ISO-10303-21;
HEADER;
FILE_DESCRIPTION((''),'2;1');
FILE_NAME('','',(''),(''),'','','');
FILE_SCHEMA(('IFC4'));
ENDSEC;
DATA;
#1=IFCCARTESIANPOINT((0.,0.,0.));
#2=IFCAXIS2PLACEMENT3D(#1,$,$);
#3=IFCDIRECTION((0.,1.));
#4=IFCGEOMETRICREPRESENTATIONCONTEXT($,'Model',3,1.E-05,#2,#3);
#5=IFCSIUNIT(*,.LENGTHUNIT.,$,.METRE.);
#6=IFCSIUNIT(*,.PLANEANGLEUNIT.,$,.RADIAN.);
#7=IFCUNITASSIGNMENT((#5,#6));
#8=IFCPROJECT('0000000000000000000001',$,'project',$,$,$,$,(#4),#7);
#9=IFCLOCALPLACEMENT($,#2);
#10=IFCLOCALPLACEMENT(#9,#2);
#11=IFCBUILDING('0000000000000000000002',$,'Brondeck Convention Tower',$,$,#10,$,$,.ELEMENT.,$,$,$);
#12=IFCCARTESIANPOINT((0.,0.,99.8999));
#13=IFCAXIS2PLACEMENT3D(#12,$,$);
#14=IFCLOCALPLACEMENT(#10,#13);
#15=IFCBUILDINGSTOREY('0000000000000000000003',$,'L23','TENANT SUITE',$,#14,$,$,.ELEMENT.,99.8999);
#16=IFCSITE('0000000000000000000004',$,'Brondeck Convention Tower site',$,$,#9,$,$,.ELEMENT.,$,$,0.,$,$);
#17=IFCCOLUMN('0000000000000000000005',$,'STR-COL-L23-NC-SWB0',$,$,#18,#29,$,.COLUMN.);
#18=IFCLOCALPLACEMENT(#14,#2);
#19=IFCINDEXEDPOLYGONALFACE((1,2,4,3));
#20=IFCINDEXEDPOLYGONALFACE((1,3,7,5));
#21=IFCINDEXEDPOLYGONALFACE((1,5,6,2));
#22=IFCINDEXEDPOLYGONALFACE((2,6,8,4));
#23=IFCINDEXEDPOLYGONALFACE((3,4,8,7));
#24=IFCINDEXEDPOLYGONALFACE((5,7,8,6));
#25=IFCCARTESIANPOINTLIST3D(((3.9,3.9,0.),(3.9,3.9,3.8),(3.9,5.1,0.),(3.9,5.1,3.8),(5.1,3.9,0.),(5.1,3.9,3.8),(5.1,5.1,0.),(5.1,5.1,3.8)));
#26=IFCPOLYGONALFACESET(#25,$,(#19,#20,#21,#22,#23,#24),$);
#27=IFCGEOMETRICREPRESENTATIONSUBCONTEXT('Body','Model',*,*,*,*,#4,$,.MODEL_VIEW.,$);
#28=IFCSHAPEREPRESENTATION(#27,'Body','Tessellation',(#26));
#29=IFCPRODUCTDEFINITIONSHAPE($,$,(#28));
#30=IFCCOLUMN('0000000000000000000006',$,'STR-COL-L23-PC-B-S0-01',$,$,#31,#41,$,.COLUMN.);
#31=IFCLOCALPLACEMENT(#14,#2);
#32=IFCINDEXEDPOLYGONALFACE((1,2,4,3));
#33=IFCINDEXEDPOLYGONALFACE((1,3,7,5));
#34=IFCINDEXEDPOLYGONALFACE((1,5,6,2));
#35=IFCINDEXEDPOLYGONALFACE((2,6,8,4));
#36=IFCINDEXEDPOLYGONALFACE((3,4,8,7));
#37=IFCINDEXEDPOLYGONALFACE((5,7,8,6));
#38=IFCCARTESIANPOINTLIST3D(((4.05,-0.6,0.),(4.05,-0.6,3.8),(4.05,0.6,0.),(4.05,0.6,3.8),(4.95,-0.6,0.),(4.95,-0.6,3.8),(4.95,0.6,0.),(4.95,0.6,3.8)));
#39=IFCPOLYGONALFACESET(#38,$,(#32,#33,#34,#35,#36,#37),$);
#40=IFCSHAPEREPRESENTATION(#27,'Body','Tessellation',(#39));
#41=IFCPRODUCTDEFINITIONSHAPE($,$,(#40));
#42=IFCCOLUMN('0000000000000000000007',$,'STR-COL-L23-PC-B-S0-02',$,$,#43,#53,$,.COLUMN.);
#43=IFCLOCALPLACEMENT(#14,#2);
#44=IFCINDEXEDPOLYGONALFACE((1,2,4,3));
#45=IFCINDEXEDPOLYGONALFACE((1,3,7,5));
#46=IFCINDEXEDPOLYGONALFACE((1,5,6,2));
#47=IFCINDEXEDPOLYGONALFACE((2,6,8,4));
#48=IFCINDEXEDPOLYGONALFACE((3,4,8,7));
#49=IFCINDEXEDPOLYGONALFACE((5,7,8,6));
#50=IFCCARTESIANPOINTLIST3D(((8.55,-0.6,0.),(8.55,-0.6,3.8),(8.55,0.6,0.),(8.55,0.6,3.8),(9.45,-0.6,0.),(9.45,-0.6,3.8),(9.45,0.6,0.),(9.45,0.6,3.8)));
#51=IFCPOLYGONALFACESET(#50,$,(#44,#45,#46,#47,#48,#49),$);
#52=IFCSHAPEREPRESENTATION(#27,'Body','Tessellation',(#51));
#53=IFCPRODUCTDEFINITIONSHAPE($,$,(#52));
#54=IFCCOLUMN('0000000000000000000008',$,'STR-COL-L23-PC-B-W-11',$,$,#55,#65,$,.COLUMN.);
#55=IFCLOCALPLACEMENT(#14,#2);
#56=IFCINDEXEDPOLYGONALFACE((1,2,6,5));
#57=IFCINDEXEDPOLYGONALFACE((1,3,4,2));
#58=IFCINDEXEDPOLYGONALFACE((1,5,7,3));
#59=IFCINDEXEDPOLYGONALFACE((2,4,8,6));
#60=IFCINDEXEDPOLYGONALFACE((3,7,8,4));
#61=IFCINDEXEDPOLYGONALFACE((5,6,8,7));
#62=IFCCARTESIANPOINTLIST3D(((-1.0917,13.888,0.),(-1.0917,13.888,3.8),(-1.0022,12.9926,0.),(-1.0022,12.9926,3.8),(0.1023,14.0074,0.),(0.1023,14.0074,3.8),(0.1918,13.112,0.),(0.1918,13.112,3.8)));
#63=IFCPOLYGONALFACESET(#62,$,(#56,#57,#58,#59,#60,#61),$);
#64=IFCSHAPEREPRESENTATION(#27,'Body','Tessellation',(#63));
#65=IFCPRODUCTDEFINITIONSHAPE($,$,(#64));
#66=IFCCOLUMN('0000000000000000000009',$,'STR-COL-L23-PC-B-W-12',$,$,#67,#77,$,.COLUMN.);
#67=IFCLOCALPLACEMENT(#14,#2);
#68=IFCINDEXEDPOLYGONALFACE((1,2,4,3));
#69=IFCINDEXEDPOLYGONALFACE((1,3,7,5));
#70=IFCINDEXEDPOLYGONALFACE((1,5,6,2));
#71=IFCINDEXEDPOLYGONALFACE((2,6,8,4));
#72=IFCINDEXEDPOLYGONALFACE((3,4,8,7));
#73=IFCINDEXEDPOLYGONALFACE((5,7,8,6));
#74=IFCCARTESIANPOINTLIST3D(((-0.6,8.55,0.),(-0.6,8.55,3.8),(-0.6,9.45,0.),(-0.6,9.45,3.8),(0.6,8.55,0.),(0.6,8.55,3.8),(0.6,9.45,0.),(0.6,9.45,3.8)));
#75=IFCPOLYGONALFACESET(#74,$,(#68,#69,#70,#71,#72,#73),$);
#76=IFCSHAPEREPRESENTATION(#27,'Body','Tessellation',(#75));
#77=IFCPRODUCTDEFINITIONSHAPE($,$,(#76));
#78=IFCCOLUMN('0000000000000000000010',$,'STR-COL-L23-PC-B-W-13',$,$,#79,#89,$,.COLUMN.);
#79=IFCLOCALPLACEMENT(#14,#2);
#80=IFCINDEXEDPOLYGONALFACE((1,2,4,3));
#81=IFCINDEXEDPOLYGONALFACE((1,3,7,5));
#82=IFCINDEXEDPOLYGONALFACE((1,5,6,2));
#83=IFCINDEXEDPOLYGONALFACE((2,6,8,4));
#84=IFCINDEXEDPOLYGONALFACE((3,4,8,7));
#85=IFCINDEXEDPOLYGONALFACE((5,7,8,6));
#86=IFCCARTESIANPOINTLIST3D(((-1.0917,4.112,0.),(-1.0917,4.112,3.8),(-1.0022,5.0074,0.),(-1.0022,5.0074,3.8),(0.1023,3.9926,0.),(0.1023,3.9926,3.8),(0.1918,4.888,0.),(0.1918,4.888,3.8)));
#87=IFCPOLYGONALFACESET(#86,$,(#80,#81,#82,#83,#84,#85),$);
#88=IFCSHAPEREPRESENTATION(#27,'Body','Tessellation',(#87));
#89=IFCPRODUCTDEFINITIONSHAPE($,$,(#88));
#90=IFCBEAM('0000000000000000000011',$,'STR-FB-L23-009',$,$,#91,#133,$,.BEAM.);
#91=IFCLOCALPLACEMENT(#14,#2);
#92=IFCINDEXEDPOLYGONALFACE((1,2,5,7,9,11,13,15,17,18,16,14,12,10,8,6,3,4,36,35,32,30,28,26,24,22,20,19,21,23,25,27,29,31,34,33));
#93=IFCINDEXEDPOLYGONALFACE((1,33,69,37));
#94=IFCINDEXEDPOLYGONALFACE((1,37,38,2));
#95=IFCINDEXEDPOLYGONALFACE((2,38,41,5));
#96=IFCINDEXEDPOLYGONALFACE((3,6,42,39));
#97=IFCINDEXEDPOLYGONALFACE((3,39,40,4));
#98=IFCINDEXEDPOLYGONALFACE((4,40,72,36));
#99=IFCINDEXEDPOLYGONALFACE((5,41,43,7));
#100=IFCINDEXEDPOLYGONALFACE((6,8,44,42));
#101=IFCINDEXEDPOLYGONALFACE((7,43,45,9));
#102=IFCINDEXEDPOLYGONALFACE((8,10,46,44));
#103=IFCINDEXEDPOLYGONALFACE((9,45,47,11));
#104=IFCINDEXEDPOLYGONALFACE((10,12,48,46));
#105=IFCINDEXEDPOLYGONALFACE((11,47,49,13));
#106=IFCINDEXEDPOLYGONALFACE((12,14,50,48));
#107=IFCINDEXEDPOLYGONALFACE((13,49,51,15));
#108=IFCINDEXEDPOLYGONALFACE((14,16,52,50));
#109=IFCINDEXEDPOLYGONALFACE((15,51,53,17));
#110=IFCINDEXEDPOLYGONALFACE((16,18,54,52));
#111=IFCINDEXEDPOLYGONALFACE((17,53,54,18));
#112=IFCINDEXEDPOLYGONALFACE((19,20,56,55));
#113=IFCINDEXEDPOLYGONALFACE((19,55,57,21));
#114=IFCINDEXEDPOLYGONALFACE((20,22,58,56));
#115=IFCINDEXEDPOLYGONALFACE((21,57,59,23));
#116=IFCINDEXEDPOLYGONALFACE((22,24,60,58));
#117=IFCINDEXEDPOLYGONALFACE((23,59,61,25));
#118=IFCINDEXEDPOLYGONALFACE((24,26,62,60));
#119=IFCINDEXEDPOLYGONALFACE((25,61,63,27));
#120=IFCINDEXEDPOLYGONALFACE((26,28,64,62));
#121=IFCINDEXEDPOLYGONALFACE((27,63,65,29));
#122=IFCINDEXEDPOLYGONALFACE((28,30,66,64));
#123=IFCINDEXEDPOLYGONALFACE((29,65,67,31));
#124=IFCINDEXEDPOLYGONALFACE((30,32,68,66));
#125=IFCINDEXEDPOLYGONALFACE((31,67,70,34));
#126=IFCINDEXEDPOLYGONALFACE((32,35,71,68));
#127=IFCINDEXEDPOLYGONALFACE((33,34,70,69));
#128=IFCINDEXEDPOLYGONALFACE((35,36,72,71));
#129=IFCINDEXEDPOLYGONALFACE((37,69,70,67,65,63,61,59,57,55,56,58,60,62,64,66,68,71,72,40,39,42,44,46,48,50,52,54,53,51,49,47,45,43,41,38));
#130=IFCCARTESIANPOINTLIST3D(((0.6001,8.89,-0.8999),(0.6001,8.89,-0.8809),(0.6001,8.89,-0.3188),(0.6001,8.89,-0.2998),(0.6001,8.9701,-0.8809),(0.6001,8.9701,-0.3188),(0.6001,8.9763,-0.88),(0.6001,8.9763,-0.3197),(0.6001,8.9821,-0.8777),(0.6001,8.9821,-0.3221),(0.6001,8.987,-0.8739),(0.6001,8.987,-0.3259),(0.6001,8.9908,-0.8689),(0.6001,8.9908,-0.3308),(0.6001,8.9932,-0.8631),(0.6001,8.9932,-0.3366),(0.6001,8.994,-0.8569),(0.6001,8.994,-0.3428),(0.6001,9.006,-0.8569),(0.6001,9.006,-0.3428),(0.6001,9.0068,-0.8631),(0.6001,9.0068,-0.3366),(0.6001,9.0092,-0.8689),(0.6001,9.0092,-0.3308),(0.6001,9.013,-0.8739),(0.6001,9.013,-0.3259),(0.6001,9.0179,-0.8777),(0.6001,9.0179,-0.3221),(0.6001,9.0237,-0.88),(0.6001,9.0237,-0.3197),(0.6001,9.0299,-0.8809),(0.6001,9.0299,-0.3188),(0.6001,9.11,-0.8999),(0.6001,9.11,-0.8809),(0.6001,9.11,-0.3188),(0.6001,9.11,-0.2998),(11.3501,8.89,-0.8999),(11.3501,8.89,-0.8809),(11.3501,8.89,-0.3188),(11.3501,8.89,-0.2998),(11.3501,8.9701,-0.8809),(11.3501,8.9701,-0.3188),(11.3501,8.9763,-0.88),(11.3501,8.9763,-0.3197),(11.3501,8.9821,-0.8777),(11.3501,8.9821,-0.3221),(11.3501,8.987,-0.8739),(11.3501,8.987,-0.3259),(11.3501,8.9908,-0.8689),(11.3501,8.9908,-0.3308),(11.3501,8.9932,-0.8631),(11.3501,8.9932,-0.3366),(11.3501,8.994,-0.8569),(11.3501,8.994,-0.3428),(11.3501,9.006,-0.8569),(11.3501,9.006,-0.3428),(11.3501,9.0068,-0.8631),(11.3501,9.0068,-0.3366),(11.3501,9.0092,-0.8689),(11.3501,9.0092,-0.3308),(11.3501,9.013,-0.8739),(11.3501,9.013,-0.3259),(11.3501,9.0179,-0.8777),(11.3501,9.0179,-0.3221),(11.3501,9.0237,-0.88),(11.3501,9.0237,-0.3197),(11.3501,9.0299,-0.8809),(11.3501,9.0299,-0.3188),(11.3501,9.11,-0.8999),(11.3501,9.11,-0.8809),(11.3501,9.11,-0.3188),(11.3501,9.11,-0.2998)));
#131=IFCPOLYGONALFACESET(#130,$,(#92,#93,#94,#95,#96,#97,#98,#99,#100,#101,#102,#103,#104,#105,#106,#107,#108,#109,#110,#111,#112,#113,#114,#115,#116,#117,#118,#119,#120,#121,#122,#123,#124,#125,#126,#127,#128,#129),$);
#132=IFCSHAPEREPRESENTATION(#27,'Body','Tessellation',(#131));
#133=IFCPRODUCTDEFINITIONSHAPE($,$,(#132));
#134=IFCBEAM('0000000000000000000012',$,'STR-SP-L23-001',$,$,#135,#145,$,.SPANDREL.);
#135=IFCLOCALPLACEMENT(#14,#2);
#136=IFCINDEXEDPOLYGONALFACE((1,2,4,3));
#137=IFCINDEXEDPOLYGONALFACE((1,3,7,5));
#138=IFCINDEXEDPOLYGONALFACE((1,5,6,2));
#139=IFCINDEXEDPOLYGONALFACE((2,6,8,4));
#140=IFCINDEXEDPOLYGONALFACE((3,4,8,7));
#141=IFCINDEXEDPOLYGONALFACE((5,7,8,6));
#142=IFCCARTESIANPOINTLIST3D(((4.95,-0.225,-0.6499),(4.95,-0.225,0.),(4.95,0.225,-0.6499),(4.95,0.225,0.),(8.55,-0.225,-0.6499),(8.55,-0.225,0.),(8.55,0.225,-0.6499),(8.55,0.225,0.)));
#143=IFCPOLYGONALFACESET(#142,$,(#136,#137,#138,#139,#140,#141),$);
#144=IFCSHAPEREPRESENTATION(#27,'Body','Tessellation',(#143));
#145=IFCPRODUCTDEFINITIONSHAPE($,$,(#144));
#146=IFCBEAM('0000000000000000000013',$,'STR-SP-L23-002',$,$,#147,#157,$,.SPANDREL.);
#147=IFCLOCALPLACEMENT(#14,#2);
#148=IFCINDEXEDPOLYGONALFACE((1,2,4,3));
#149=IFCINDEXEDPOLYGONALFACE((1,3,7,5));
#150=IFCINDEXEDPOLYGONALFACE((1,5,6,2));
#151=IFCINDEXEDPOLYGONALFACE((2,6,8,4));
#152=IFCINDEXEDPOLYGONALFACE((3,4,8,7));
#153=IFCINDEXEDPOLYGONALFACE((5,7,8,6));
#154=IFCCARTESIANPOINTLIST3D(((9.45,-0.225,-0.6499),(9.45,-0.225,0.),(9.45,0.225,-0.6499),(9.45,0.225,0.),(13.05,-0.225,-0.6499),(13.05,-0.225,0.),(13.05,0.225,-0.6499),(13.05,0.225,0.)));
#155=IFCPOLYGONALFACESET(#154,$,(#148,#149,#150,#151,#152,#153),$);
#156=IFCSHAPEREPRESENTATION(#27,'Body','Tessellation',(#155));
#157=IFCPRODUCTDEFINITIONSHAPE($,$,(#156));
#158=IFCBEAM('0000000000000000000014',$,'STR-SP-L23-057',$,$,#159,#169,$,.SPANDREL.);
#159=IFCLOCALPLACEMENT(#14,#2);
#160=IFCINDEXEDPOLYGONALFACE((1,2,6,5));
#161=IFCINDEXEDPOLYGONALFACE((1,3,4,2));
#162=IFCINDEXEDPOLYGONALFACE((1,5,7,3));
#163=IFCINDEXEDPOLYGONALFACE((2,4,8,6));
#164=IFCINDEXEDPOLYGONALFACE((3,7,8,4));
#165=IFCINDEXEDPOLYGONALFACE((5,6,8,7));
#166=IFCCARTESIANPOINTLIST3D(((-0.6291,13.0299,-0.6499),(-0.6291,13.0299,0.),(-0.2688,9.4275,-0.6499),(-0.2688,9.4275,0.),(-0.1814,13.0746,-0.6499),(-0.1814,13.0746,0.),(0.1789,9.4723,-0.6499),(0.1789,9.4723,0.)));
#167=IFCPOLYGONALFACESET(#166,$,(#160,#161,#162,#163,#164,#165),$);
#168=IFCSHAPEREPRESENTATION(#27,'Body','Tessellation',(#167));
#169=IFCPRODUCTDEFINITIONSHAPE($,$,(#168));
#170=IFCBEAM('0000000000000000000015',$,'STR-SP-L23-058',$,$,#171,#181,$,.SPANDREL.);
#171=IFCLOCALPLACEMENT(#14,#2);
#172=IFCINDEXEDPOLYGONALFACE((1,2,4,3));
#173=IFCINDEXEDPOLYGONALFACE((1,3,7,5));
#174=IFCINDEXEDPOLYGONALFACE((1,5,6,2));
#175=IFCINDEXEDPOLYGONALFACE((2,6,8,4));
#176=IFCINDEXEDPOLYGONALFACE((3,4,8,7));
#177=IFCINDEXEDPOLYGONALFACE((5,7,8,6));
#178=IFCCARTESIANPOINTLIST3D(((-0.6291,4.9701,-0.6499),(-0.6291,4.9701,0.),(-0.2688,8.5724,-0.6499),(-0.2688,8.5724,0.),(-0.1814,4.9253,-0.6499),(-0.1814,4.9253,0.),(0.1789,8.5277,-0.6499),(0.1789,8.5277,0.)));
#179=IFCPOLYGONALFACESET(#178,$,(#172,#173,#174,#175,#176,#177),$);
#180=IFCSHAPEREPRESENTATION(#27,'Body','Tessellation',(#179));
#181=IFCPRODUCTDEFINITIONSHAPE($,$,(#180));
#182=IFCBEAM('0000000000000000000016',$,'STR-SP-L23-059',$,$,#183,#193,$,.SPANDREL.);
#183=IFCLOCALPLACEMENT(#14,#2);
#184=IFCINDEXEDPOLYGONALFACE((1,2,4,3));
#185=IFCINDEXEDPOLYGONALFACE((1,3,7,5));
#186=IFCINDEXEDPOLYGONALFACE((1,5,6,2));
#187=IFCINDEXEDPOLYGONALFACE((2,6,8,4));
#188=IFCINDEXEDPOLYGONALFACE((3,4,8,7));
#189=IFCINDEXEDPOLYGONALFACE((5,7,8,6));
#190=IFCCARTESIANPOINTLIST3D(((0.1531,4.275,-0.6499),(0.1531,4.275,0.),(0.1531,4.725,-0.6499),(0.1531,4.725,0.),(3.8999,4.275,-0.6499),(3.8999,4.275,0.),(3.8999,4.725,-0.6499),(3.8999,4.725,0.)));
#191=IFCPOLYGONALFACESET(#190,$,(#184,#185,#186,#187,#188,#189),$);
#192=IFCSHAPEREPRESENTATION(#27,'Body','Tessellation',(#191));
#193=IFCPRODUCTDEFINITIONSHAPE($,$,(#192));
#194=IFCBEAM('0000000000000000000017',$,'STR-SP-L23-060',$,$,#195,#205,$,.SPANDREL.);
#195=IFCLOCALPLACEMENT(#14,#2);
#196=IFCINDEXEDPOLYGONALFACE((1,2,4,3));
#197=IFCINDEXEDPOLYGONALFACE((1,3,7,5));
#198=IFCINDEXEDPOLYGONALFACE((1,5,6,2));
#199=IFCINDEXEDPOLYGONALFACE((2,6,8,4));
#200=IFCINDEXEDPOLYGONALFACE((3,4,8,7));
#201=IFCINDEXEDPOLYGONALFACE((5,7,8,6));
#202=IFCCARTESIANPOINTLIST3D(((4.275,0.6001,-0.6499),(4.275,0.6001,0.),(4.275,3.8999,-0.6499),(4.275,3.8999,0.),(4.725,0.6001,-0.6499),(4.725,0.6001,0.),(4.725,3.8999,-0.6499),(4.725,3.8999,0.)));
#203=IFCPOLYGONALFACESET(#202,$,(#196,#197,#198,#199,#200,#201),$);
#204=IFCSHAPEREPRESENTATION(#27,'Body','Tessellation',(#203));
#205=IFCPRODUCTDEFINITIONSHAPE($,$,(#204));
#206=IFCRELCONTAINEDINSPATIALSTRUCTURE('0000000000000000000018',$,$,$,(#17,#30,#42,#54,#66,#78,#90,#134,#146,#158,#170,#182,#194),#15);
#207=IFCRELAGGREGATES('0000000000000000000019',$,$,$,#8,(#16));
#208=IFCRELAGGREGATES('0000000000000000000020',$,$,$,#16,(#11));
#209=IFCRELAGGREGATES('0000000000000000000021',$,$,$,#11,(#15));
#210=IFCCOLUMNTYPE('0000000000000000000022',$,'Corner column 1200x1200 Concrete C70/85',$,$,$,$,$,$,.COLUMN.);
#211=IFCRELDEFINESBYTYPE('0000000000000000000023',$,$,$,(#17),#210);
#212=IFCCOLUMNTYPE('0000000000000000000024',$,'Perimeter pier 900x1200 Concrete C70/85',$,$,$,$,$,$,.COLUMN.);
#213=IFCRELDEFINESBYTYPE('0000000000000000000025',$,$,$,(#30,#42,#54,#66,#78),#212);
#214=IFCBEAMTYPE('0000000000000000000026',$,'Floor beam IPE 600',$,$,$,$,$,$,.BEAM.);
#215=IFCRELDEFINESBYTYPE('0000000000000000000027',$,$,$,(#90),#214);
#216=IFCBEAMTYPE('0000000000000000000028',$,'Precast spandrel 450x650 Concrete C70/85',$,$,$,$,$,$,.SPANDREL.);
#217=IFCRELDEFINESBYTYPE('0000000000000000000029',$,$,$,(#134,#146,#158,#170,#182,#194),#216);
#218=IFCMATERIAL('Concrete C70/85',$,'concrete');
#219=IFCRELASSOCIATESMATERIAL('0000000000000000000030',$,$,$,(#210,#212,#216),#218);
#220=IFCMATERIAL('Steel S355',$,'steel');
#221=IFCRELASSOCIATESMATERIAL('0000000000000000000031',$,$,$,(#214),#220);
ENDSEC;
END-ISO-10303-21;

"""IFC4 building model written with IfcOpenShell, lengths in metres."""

from ifc_helpers import new_model, si_unit, direction, frame, origin, origin_2d, place, context, subcontext, project, spatial, rectangle, i_section, extrude, material, material_profile, profile_set, type_object, element, save


model = new_model("IFC4")

# Units and contexts
model_context = context("Model", 3, precision=1e-05, world=origin(), true_north=direction((0.0, 1.0)))
body_context = subcontext(model_context, "Body", "Model", "MODEL_VIEW")
ifc_project = project(units=[si_unit("LENGTHUNIT", "METRE"), si_unit("PLANEANGLEUNIT", "RADIAN")], contexts=[model_context])

# Site, building, storey
site_placement = place(None, origin())
site = spatial("IfcSite", under=ifc_project, at=site_placement, Name="Brondeck Convention Tower site", CompositionType="ELEMENT", RefElevation=0.0)
building_placement = place(site_placement, origin())
building = spatial("IfcBuilding", under=site, at=building_placement, Name="Brondeck Convention Tower", CompositionType="ELEMENT")
storey_placement = place(building_placement, frame((0.0, 0.0, 99.8999)))
storey = spatial("IfcBuildingStorey", under=building, at=storey_placement, Name="L23", Description="TENANT SUITE", CompositionType="ELEMENT", Elevation=99.8999)

# Columns
ifc_material_1 = material(Name="Concrete C70/85", Category="concrete")
ifc_material_profile_1 = material_profile(ifc_material_1, rectangle(XDim=1.2, YDim=1.2, at=origin_2d()), Name="Corner column 1200x1200 Concrete C70/85")
ifc_profile_set_1 = profile_set([ifc_material_profile_1], Name="Concrete C70/85")
column_type_1 = type_object("IfcColumnType", Name="Corner column 1200x1200 Concrete C70/85", PredefinedType="COLUMN", material=ifc_profile_set_1)
column_placement = place(storey_placement, frame((4.5, 4.5, 0.0), z_axis=(0.0, 0.0, 1.0), x_axis=(1.0, 0.0, 0.0)))
element("IfcColumn", 1, at=column_placement, inside=storey, type_object=column_type_1, Name="STR-COL-L23-NC-SWB0", PredefinedType="COLUMN", context=body_context, shape_type="SweptSolid", body=[
    extrude(rectangle(XDim=1.2, YDim=1.2, at=origin_2d()), origin(), (0.0, 0.0, 1.0), 3.8),
])
ifc_material_profile_2 = material_profile(ifc_material_1, rectangle(XDim=0.8999, YDim=1.2, at=origin_2d()), Name="Perimeter pier 900x1200 Concrete C70/85")
ifc_profile_set_2 = profile_set([ifc_material_profile_2], Name="Concrete C70/85")
column_type_2 = type_object("IfcColumnType", Name="Perimeter pier 900x1200 Concrete C70/85", PredefinedType="COLUMN", material=ifc_profile_set_2)
for number, where, z_axis, x_axis, name in (
    (2, (4.5, 0.0, 0.0), (0.0, 0.0, 1.0), (1.0, 0.0, 0.0), "STR-COL-L23-PC-B-S0-01"),
    (3, (9.0, 0.0, 0.0), (0.0, 0.0, 1.0), (1.0, 0.0, 0.0), "STR-COL-L23-PC-B-S0-02"),
    (4, (-0.45, 13.5, 0.0), (0.0, 0.0, 1.0), (0.099504, -0.995037, 0.0), "STR-COL-L23-PC-B-W-11"),
    (5, (0.0, 9.0, 0.0), (0.0, 0.0, 1.0), (0.0, -1.0, 0.0), "STR-COL-L23-PC-B-W-12"),
    (6, (-0.45, 4.5, 0.0), (0.0, 0.0, 1.0), (-0.099504, -0.995037, 0.0), "STR-COL-L23-PC-B-W-13"),
):
    element("IfcColumn", number, at=place(storey_placement, frame(where, z_axis=z_axis, x_axis=x_axis)), inside=storey, type_object=column_type_2, Name=name, PredefinedType="COLUMN", context=body_context, shape_type="SweptSolid", body=[
        extrude(rectangle(XDim=0.8999, YDim=1.2, at=origin_2d()), origin(), (0.0, 0.0, 1.0), 3.8),
    ])

# Beams
ifc_material_2 = material(Name="Steel S355", Category="steel")
ifc_material_profile_3 = material_profile(ifc_material_2, i_section(OverallWidth=0.22, OverallDepth=0.6001, WebThickness=0.012, FlangeThickness=0.019, FilletRadius=0.0239, at=origin_2d()), Name="IPE 600")
ifc_profile_set_3 = profile_set([ifc_material_profile_3], Name="Steel S355")
beam_type_1 = type_object("IfcBeamType", Name="Floor beam IPE 600", PredefinedType="BEAM", material=ifc_profile_set_3)
beam_1_placement = place(storey_placement, frame((0.6001, 9.0, -0.5999), z_axis=(1.0, 0.0, 0.0), x_axis=(0.0, 1.0, 0.0)))
element("IfcBeam", 7, at=beam_1_placement, inside=storey, type_object=beam_type_1, Name="STR-FB-L23-009", PredefinedType="BEAM", context=body_context, shape_type="SweptSolid", body=[
    extrude(i_section(OverallWidth=0.22, OverallDepth=0.6001, WebThickness=0.012, FlangeThickness=0.019, FilletRadius=0.0239, at=origin_2d()), origin(), (0.0, 0.0, 1.0), 10.75),
])
ifc_material_profile_4 = material_profile(ifc_material_1, rectangle(XDim=0.45, YDim=0.6499, at=origin_2d()), Name="Precast spandrel 450x650 Concrete C70/85")
ifc_profile_set_4 = profile_set([ifc_material_profile_4], Name="Concrete C70/85")
beam_type_2 = type_object("IfcBeamType", Name="Precast spandrel 450x650 Concrete C70/85", PredefinedType="SPANDREL", material=ifc_profile_set_4)
for number, where, z_axis, x_axis, name in (
    (8, (4.95, 0.0, -0.325), (1.0, 0.0, 0.0), (0.0, 1.0, 0.0), "STR-SP-L23-001"),
    (9, (9.45, 0.0, -0.325), (1.0, 0.0, 0.0), (0.0, 1.0, 0.0), "STR-SP-L23-002"),
):
    element("IfcBeam", number, at=place(storey_placement, frame(where, z_axis=z_axis, x_axis=x_axis)), inside=storey, type_object=beam_type_2, Name=name, PredefinedType="SPANDREL", context=body_context, shape_type="SweptSolid", body=[
        extrude(rectangle(XDim=0.45, YDim=0.6499, at=origin_2d()), origin(), (0.0, 0.0, 1.0), 3.6001),
    ])
for number, where, z_axis, x_axis, name in (
    (10, (-0.4053, 13.0522, -0.325), (0.099537, -0.995034, 0.0), (0.995034, 0.099537, 0.0), "STR-SP-L23-057"),
    (11, (-0.0449, 8.55, -0.325), (-0.099537, -0.995034, 0.0), (0.995034, -0.099537, 0.0), "STR-SP-L23-058"),
):
    element("IfcBeam", number, at=place(storey_placement, frame(where, z_axis=z_axis, x_axis=x_axis)), inside=storey, type_object=beam_type_2, Name=name, PredefinedType="SPANDREL", context=body_context, shape_type="SweptSolid", body=[
        extrude(rectangle(XDim=0.45, YDim=0.6499, at=origin_2d()), origin(), (0.0, 0.0, 1.0), 3.6204),
    ])
beam_2_placement = place(storey_placement, frame((0.1531, 4.5, -0.325), z_axis=(1.0, 0.0, 0.0), x_axis=(0.0, 1.0, 0.0)))
element("IfcBeam", 12, at=beam_2_placement, inside=storey, type_object=beam_type_2, Name="STR-SP-L23-059", PredefinedType="SPANDREL", context=body_context, shape_type="SweptSolid", body=[
    extrude(rectangle(XDim=0.45, YDim=0.6499, at=origin_2d()), origin(), (0.0, 0.0, 1.0), 3.7468),
])
beam_3_placement = place(storey_placement, frame((4.5, 3.8999, -0.325), z_axis=(0.0, -1.0, 0.0), x_axis=(1.0, 0.0, 0.0)))
element("IfcBeam", 13, at=beam_3_placement, inside=storey, type_object=beam_type_2, Name="STR-SP-L23-060", PredefinedType="SPANDREL", context=body_context, shape_type="SweptSolid", body=[
    extrude(rectangle(XDim=0.45, YDim=0.6499, at=origin_2d()), origin(), (0.0, 0.0, 1.0), 3.2998),
])

save(model, "model.ifc")
